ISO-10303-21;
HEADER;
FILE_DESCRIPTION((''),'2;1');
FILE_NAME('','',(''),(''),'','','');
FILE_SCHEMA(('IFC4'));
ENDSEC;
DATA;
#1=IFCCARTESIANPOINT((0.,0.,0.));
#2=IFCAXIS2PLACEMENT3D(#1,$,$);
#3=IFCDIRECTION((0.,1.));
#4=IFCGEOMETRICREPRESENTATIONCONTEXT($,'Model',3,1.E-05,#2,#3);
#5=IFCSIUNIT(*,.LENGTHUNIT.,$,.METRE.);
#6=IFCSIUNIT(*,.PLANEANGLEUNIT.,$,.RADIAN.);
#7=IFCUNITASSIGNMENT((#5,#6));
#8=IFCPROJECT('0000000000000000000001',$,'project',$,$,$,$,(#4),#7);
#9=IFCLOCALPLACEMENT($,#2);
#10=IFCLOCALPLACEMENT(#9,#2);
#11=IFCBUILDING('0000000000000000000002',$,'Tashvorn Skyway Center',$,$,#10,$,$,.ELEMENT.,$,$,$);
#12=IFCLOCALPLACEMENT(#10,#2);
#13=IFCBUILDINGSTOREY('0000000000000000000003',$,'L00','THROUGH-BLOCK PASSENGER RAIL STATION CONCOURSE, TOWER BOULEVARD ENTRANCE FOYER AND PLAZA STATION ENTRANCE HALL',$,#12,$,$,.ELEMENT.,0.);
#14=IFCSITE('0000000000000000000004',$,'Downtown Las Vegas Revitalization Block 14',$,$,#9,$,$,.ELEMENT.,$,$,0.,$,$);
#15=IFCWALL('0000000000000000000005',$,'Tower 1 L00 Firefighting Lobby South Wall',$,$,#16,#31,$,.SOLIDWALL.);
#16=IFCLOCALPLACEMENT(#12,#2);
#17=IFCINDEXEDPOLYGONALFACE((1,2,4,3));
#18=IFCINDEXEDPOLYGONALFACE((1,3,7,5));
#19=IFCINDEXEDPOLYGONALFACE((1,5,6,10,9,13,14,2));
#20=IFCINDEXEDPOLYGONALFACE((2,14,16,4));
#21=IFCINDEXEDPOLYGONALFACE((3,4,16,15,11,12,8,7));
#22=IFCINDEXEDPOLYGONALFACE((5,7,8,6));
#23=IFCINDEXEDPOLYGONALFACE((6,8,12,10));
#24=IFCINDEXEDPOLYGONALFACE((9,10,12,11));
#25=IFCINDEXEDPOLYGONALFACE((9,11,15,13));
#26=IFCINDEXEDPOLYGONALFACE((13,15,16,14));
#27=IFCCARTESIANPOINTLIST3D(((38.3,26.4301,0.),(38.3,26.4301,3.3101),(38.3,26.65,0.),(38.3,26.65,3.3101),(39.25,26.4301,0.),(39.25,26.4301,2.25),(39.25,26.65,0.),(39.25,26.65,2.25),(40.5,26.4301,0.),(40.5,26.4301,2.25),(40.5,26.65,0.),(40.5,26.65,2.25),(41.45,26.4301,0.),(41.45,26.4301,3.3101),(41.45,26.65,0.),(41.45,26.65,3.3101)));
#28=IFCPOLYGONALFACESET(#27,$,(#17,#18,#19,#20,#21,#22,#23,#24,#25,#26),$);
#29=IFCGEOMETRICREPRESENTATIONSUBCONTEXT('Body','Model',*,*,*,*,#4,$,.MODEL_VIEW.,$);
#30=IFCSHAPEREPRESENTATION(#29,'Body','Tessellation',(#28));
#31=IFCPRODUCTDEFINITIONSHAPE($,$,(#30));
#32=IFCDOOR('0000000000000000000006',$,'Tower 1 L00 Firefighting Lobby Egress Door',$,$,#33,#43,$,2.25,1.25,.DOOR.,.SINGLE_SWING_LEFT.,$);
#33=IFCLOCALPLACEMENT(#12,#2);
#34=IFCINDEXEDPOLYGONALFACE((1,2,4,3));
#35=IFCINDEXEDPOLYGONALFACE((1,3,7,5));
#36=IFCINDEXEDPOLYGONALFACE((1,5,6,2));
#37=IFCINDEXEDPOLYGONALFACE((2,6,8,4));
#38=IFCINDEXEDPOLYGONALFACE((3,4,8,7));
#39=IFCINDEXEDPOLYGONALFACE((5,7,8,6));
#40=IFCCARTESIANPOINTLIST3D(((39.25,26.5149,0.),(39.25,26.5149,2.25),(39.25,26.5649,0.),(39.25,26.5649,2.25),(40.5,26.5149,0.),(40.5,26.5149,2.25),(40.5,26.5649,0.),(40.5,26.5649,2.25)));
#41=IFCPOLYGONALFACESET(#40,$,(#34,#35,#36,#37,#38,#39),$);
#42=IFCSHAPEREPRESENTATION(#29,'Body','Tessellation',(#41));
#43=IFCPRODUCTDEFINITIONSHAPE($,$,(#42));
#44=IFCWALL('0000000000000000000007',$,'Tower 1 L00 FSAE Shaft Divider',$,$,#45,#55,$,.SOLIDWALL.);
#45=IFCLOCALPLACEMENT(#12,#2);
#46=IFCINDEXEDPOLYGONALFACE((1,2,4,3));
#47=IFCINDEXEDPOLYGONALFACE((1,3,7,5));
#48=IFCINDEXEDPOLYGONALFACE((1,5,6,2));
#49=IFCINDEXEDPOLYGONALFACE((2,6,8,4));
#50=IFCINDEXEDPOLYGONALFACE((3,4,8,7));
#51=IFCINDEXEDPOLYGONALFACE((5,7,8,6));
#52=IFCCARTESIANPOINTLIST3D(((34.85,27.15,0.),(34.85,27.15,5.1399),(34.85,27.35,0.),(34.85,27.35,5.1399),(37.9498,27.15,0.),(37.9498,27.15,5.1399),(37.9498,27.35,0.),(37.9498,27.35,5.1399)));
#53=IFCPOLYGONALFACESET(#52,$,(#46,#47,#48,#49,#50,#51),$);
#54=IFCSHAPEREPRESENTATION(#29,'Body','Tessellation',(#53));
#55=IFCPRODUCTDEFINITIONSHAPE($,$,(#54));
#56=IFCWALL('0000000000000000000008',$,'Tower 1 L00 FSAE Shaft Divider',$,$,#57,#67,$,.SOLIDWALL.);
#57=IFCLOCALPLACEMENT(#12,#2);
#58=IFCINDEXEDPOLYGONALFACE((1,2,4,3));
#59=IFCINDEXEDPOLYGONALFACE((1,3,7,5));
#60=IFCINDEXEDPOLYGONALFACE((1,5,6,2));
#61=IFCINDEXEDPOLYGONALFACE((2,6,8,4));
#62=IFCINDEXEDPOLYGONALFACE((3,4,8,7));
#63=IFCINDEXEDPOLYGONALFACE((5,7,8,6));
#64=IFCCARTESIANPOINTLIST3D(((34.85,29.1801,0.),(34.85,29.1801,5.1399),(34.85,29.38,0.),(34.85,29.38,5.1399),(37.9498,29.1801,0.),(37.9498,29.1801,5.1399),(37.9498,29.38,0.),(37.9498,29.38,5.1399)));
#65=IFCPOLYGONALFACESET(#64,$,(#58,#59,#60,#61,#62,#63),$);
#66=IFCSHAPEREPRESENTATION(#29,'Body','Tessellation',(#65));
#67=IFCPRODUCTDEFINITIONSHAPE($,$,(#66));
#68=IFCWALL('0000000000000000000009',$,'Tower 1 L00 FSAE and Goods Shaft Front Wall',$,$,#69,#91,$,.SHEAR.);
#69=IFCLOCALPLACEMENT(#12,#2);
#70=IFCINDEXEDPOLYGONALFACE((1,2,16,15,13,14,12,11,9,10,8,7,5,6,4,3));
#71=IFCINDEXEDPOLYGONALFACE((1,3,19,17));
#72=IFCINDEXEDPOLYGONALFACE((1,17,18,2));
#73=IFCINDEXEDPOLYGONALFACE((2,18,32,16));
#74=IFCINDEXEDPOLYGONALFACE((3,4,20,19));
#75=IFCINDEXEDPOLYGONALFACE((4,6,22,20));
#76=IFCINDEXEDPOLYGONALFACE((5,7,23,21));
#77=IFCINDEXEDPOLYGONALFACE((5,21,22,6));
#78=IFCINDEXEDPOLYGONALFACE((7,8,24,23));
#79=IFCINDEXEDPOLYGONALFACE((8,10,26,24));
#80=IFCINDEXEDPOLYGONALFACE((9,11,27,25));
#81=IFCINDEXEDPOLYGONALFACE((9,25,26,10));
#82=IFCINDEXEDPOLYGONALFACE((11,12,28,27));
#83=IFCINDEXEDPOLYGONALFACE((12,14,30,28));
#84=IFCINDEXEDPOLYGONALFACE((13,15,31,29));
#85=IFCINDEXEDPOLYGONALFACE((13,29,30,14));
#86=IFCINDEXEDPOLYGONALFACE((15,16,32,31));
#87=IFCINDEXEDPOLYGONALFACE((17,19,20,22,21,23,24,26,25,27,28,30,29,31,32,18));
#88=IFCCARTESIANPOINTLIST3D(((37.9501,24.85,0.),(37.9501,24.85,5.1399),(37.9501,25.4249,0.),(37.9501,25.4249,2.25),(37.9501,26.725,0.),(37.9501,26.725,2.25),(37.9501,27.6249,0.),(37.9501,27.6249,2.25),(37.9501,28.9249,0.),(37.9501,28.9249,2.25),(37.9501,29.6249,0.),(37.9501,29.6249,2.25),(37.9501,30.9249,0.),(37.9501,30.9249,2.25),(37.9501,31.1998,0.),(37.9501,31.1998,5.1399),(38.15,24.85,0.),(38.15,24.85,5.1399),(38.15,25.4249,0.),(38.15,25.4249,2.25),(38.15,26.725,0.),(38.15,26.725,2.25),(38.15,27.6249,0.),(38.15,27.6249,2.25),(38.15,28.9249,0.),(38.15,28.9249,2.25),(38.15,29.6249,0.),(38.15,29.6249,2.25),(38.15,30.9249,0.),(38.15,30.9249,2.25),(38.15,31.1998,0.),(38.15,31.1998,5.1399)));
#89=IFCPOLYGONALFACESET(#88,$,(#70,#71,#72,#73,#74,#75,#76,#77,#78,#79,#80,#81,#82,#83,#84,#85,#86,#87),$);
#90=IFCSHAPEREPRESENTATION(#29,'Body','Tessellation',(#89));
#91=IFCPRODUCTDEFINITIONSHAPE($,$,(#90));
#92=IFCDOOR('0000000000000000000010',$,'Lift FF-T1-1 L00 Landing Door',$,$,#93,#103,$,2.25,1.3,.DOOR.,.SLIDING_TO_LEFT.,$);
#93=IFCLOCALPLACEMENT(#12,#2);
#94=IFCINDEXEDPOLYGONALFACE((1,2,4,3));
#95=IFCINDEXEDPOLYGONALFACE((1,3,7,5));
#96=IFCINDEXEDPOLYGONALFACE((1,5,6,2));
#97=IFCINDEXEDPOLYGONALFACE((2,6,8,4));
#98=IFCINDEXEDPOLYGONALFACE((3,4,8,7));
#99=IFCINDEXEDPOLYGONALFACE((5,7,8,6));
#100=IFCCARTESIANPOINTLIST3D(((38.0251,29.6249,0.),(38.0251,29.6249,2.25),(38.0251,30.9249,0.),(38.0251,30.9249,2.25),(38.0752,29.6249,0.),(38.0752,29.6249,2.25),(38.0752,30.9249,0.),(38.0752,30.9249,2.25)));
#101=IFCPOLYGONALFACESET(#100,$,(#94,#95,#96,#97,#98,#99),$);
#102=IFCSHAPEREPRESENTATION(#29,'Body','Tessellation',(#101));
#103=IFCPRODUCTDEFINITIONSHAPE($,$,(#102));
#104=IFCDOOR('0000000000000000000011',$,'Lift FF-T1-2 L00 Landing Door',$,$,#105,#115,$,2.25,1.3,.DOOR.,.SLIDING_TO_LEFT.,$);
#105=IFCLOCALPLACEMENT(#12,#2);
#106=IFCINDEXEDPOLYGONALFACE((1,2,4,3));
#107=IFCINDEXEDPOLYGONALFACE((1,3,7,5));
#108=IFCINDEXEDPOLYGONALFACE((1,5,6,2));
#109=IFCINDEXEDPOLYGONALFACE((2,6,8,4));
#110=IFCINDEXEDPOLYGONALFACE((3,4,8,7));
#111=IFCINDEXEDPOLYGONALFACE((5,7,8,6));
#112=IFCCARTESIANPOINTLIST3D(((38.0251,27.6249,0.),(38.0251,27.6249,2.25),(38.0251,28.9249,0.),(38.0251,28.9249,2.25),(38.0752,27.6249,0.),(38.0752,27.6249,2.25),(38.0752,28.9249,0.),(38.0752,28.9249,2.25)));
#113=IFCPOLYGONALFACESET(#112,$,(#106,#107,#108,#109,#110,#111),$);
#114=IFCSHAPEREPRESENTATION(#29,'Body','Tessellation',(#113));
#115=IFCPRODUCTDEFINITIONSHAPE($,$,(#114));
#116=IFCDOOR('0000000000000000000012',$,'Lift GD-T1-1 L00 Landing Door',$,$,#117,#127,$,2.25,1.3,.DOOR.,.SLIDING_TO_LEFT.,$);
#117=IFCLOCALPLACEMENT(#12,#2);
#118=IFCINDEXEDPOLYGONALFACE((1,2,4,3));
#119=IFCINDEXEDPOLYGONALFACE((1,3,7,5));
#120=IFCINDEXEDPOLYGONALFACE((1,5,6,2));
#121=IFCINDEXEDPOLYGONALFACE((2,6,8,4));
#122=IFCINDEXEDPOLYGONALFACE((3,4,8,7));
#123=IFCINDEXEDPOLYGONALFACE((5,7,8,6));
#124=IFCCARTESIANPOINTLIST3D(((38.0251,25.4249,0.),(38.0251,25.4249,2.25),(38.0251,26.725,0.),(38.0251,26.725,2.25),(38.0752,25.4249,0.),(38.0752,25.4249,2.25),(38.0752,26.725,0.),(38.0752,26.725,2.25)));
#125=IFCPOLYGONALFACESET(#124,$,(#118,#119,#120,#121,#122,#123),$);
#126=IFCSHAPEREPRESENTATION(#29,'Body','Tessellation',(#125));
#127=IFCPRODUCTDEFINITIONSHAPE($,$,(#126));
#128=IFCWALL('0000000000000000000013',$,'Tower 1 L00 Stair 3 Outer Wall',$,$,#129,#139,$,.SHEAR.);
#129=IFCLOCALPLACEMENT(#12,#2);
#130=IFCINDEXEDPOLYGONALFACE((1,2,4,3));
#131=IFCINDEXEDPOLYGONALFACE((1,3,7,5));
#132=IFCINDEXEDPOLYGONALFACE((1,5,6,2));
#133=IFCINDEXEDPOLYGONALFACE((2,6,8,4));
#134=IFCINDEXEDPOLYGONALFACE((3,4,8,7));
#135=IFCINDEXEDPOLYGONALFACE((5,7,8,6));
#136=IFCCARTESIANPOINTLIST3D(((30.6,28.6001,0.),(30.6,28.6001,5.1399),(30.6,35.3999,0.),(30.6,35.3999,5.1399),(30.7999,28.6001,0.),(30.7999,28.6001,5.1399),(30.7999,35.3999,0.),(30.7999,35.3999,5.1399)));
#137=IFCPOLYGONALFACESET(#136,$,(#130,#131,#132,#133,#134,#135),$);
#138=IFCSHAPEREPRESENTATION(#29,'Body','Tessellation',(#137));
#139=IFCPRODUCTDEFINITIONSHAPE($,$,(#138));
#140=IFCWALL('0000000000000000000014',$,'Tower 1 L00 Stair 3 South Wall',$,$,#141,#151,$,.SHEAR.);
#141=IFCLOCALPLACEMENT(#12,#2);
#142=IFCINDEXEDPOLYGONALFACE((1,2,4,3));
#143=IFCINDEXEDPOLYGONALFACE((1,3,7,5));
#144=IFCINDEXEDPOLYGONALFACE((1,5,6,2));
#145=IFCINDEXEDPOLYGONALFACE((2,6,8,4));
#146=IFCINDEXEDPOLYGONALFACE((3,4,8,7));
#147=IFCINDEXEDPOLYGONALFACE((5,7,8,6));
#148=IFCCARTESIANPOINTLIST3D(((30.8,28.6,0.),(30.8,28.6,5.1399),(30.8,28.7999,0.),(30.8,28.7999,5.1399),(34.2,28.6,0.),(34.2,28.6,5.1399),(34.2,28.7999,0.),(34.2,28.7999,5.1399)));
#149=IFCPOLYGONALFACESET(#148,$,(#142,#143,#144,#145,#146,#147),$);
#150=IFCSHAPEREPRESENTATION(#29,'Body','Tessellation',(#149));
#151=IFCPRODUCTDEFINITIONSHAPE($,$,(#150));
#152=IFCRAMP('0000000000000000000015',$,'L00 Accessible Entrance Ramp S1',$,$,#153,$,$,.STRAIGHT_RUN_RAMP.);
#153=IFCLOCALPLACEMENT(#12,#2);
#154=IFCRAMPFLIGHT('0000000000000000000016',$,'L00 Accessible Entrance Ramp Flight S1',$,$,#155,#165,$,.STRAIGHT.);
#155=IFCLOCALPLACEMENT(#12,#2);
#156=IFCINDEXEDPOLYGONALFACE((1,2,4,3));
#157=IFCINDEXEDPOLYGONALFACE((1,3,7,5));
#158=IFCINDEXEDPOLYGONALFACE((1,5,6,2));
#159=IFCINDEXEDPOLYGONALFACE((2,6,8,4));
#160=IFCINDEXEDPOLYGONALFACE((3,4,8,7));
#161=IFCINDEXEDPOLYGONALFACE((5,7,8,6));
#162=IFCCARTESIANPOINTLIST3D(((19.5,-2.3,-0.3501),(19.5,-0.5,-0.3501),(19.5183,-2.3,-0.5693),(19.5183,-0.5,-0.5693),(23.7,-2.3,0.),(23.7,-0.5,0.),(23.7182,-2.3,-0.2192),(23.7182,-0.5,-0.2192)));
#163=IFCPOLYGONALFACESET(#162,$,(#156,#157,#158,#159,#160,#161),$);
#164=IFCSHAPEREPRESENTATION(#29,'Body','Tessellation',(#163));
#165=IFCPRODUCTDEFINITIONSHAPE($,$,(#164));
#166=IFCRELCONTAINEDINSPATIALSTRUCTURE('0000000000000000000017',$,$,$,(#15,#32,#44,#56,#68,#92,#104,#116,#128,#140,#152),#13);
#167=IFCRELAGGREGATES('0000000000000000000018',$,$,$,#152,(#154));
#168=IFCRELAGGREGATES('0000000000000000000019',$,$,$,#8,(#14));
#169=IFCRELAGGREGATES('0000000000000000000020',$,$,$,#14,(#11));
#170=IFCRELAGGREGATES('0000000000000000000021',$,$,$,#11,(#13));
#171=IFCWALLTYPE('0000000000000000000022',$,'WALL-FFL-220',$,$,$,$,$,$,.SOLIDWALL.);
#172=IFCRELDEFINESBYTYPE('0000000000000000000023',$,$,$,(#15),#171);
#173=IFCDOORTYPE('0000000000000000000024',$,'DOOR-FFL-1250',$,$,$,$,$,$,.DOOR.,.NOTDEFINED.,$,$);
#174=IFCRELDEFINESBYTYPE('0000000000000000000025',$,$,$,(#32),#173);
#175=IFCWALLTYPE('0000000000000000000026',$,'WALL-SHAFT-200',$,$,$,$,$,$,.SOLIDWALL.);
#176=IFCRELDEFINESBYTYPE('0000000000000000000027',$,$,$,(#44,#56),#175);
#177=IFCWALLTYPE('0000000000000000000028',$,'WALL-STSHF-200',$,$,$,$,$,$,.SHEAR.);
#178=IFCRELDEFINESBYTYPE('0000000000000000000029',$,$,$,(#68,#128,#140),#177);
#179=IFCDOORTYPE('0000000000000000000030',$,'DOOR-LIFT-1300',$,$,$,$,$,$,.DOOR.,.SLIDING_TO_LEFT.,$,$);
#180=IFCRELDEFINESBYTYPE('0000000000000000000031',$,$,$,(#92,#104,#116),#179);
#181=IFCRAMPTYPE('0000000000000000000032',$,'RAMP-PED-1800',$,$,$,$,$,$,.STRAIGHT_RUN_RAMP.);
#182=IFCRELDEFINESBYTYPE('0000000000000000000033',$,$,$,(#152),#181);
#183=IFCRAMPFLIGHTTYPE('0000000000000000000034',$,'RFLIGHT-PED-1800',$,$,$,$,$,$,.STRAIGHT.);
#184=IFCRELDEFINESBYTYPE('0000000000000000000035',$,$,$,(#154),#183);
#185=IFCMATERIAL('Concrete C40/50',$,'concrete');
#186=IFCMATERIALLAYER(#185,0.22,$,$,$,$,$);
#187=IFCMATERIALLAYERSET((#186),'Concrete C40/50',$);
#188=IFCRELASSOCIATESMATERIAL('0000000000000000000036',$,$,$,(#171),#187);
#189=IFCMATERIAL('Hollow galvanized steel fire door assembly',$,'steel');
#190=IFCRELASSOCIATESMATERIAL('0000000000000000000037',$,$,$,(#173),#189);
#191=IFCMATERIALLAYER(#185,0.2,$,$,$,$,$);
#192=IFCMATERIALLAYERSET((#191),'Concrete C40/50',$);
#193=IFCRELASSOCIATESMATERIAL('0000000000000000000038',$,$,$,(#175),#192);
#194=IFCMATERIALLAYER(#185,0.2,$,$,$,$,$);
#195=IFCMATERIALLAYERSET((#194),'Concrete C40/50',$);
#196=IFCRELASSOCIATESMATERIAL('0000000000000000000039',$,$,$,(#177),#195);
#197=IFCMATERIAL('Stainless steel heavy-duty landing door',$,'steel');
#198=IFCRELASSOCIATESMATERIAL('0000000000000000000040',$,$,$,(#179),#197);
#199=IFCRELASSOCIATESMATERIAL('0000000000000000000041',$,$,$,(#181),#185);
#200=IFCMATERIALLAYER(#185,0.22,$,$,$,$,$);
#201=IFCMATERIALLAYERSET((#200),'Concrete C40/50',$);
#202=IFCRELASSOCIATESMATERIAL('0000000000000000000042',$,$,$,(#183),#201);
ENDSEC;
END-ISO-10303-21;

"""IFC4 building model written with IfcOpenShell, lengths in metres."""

from ifc_helpers import new_model, si_unit, direction, frame, frame_2d, origin, place, context, subcontext, project, spatial, polyline, rectangle, outline, extrude, material, layer, layer_set, type_object, element, fill, aggregate, save


model = new_model("IFC4")

# Units and contexts
model_context = context("Model", 3, precision=1e-05, world=origin(), true_north=direction((0.0, 1.0)))
body_context = subcontext(model_context, "Body", "Model", "MODEL_VIEW")
ifc_project = project(units=[si_unit("LENGTHUNIT", "METRE"), si_unit("PLANEANGLEUNIT", "RADIAN")], contexts=[model_context])

# Site, building, storey
site_placement = place(None, origin())
site = spatial("IfcSite", under=ifc_project, at=site_placement, Name="Downtown Las Vegas Revitalization Block 14", CompositionType="ELEMENT", RefElevation=0.0)
building_placement = place(site_placement, origin())
building = spatial("IfcBuilding", under=site, at=building_placement, Name="Tashvorn Skyway Center", CompositionType="ELEMENT")
storey_placement = place(building_placement, origin())
storey = spatial("IfcBuildingStorey", under=building, at=storey_placement, Name="L00", Description="THROUGH-BLOCK PASSENGER RAIL STATION CONCOURSE, TOWER BOULEVARD ENTRANCE FOYER AND PLAZA STATION ENTRANCE HALL", CompositionType="ELEMENT", Elevation=0.0)

# Wall, opening, door
ifc_material_1 = material(Name="Concrete C40/50", Category="concrete")
ifc_layer_1 = layer(ifc_material_1, 0.22)
ifc_layer_set_1 = layer_set([ifc_layer_1], Name="Concrete C40/50")
wall_type_1 = type_object("IfcWallType", Name="WALL-FFL-220", PredefinedType="SOLIDWALL", material=ifc_layer_set_1)
wall_1_placement = place(storey_placement, frame((38.3, 26.54, 0.0), z_axis=(0.0, 0.0, 1.0), x_axis=(1.0, 0.0, 0.0)))
wall_1 = element("IfcWall", 1, at=wall_1_placement, inside=storey, type_object=wall_type_1, Name="Tower 1 L00 Firefighting Lobby South Wall", PredefinedType="SOLIDWALL", context=body_context, shape_type="SweptSolid", body=[
    extrude(rectangle(XDim=3.1499, YDim=0.22, at=frame_2d((1.575, 0.0))), origin(), (0.0, 0.0, 1.0), 3.3101),
])
opening_1_placement = place(wall_1_placement, frame((0.95, 0.0, 0.0)))
opening_1 = element("IfcOpeningElement", 2, at=opening_1_placement, cuts=wall_1, PredefinedType="OPENING", context=body_context, shape_type="SweptSolid", body=[
    extrude(rectangle(XDim=1.25, YDim=2.25, at=frame_2d((0.625, 1.125))), frame((0.0, 0.1199, 0.0), z_axis=(0.0, -1.0, 0.0), x_axis=(1.0, 0.0, 0.0)), (0.0, 0.0, 1.0), 0.24),
])
ifc_material_2 = material(Name="Hollow galvanized steel fire door assembly", Category="steel")
door_type_1 = type_object("IfcDoorType", Name="DOOR-FFL-1250", OperationType="NOTDEFINED", PredefinedType="DOOR", material=ifc_material_2)
door_1_placement = place(opening_1_placement, origin())
door_1 = element("IfcDoor", 3, at=door_1_placement, inside=storey, type_object=door_type_1, Name="Tower 1 L00 Firefighting Lobby Egress Door", OperationType="SINGLE_SWING_LEFT", OverallHeight=2.25, OverallWidth=1.25, PredefinedType="DOOR", context=body_context, shape_type="SweptSolid", body=[
    extrude(rectangle(XDim=1.25, YDim=2.25, at=frame_2d((0.625, 1.125))), frame((0.0, 0.0249, 0.0), z_axis=(0.0, -1.0, 0.0), x_axis=(1.0, 0.0, 0.0)), (0.0, 0.0, 1.0), 0.05),
])
fill(opening_1, door_1)

# Walls
ifc_layer_2 = layer(ifc_material_1, 0.2)
ifc_layer_set_2 = layer_set([ifc_layer_2], Name="Concrete C40/50")
wall_type_2 = type_object("IfcWallType", Name="WALL-SHAFT-200", PredefinedType="SOLIDWALL", material=ifc_layer_set_2)
for number, where, z_axis, x_axis, name in (
    (4, (34.8501, 27.25, 0.0), (0.0, 0.0, 1.0), (1.0, 0.0, 0.0), "Tower 1 L00 FSAE Shaft Divider"),
    (5, (34.8501, 29.28, 0.0), (0.0, 0.0, 1.0), (1.0, 0.0, 0.0), "Tower 1 L00 FSAE Shaft Divider"),
):
    element("IfcWall", number, at=place(storey_placement, frame(where, z_axis=z_axis, x_axis=x_axis)), inside=storey, type_object=wall_type_2, Name=name, PredefinedType="SOLIDWALL", context=body_context, shape_type="SweptSolid", body=[
        extrude(rectangle(XDim=3.0999, YDim=0.2, at=frame_2d((1.5498, 0.0))), origin(), (0.0, 0.0, 1.0), 5.1399),
    ])

# Wall, openings, doors
ifc_layer_3 = layer(ifc_material_1, 0.2)
ifc_layer_set_3 = layer_set([ifc_layer_3], Name="Concrete C40/50")
wall_type_3 = type_object("IfcWallType", Name="WALL-STSHF-200", PredefinedType="SHEAR", material=ifc_layer_set_3)
wall_2_placement = place(storey_placement, frame((38.05, 24.8501, 0.0), z_axis=(0.0, 0.0, 1.0), x_axis=(0.0, 1.0, 0.0)))
wall_2 = element("IfcWall", 6, at=wall_2_placement, inside=storey, type_object=wall_type_3, Name="Tower 1 L00 FSAE and Goods Shaft Front Wall", PredefinedType="SHEAR", context=body_context, shape_type="SweptSolid", body=[
    extrude(rectangle(XDim=6.3499, YDim=0.2, at=frame_2d((3.1748, 0.0))), origin(), (0.0, 0.0, 1.0), 5.1399),
])
opening_2_placement = place(wall_2_placement, frame((4.7749, 0.0, 0.0)))
opening_2 = element("IfcOpeningElement", 7, at=opening_2_placement, cuts=wall_2, PredefinedType="OPENING", context=body_context, shape_type="SweptSolid", body=[
    extrude(rectangle(XDim=1.3, YDim=2.25, at=frame_2d((0.6499, 1.125))), frame((0.0, 0.1099, 0.0), z_axis=(0.0, -1.0, 0.0), x_axis=(1.0, 0.0, 0.0)), (0.0, 0.0, 1.0), 0.22),
])
opening_3_placement = place(wall_2_placement, frame((2.7749, 0.0, 0.0)))
opening_3 = element("IfcOpeningElement", 8, at=opening_3_placement, cuts=wall_2, PredefinedType="OPENING", context=body_context, shape_type="SweptSolid", body=[
    extrude(rectangle(XDim=1.3, YDim=2.25, at=frame_2d((0.6499, 1.125))), frame((0.0, 0.1099, 0.0), z_axis=(0.0, -1.0, 0.0), x_axis=(1.0, 0.0, 0.0)), (0.0, 0.0, 1.0), 0.22),
])
opening_4_placement = place(wall_2_placement, frame((0.575, 0.0, 0.0)))
opening_4 = element("IfcOpeningElement", 9, at=opening_4_placement, cuts=wall_2, PredefinedType="OPENING", context=body_context, shape_type="SweptSolid", body=[
    extrude(rectangle(XDim=1.3, YDim=2.25, at=frame_2d((0.6499, 1.125))), frame((0.0, 0.1099, 0.0), z_axis=(0.0, -1.0, 0.0), x_axis=(1.0, 0.0, 0.0)), (0.0, 0.0, 1.0), 0.22),
])
ifc_material_3 = material(Name="Stainless steel heavy-duty landing door", Category="steel")
door_type_2 = type_object("IfcDoorType", Name="DOOR-LIFT-1300", OperationType="SLIDING_TO_LEFT", PredefinedType="DOOR", material=ifc_material_3)
door_2_placement = place(opening_2_placement, origin())
door_2 = element("IfcDoor", 10, at=door_2_placement, inside=storey, type_object=door_type_2, Name="Lift FF-T1-1 L00 Landing Door", OperationType="SLIDING_TO_LEFT", OverallHeight=2.25, OverallWidth=1.3, PredefinedType="DOOR", context=body_context, shape_type="SweptSolid", body=[
    extrude(rectangle(XDim=1.3, YDim=2.25, at=frame_2d((0.6499, 1.125))), frame((0.0, 0.0249, 0.0), z_axis=(0.0, -1.0, 0.0), x_axis=(1.0, 0.0, 0.0)), (0.0, 0.0, 1.0), 0.05),
])
fill(opening_2, door_2)
door_3_placement = place(opening_3_placement, origin())
door_3 = element("IfcDoor", 11, at=door_3_placement, inside=storey, type_object=door_type_2, Name="Lift FF-T1-2 L00 Landing Door", OperationType="SLIDING_TO_LEFT", OverallHeight=2.25, OverallWidth=1.3, PredefinedType="DOOR", context=body_context, shape_type="SweptSolid", body=[
    extrude(rectangle(XDim=1.3, YDim=2.25, at=frame_2d((0.6499, 1.125))), frame((0.0, 0.0249, 0.0), z_axis=(0.0, -1.0, 0.0), x_axis=(1.0, 0.0, 0.0)), (0.0, 0.0, 1.0), 0.05),
])
fill(opening_3, door_3)
door_4_placement = place(opening_4_placement, origin())
door_4 = element("IfcDoor", 12, at=door_4_placement, inside=storey, type_object=door_type_2, Name="Lift GD-T1-1 L00 Landing Door", OperationType="SLIDING_TO_LEFT", OverallHeight=2.25, OverallWidth=1.3, PredefinedType="DOOR", context=body_context, shape_type="SweptSolid", body=[
    extrude(rectangle(XDim=1.3, YDim=2.25, at=frame_2d((0.6499, 1.125))), frame((0.0, 0.0249, 0.0), z_axis=(0.0, -1.0, 0.0), x_axis=(1.0, 0.0, 0.0)), (0.0, 0.0, 1.0), 0.05),
])
fill(opening_4, door_4)

# Walls
wall_3_placement = place(storey_placement, frame((30.7, 28.6001, 0.0), z_axis=(0.0, 0.0, 1.0), x_axis=(0.0, 1.0, 0.0)))
element("IfcWall", 13, at=wall_3_placement, inside=storey, type_object=wall_type_3, Name="Tower 1 L00 Stair 3 Outer Wall", PredefinedType="SHEAR", context=body_context, shape_type="SweptSolid", body=[
    extrude(rectangle(XDim=6.7998, YDim=0.2, at=frame_2d((3.3999, 0.0))), origin(), (0.0, 0.0, 1.0), 5.1399),
])
wall_4_placement = place(storey_placement, frame((30.8, 28.7, 0.0), z_axis=(0.0, 0.0, 1.0), x_axis=(1.0, 0.0, 0.0)))
element("IfcWall", 14, at=wall_4_placement, inside=storey, type_object=wall_type_3, Name="Tower 1 L00 Stair 3 South Wall", PredefinedType="SHEAR", context=body_context, shape_type="SweptSolid", body=[
    extrude(rectangle(XDim=3.3999, YDim=0.2, at=frame_2d((1.7, 0.0))), origin(), (0.0, 0.0, 1.0), 5.1399),
])

# Ramp, ramp flight
ramp_type = type_object("IfcRampType", Name="RAMP-PED-1800", PredefinedType="STRAIGHT_RUN_RAMP", material=ifc_material_1)
ramp_placement = place(storey_placement, origin())
ramp = element("IfcRamp", 15, at=ramp_placement, inside=storey, type_object=ramp_type, Name="L00 Accessible Entrance Ramp S1", PredefinedType="STRAIGHT_RUN_RAMP")
ifc_layer_4 = layer(ifc_material_1, 0.22)
ifc_layer_set_4 = layer_set([ifc_layer_4], Name="Concrete C40/50")
ramp_flight_type = type_object("IfcRampFlightType", Name="RFLIGHT-PED-1800", PredefinedType="STRAIGHT", material=ifc_layer_set_4)
ramp_flight_placement = place(storey_placement, frame((19.5, -2.3, -0.3501), z_axis=(-0.083069, 0.0, 0.996544), x_axis=(0.996544, 0.0, 0.083069)))
ramp_flight = element("IfcRampFlight", 16, at=ramp_flight_placement, type_object=ramp_flight_type, Name="L00 Accessible Entrance Ramp Flight S1", PredefinedType="STRAIGHT", context=body_context, shape_type="SweptSolid", body=[
    extrude(outline(polyline([(0.0, 0.0), (4.2145, 0.0), (4.2145, 1.8), (0.0, 1.8), (0.0, 0.0)])), origin(), (0.0, 0.0, -1.0), 0.22),
])
aggregate(ramp, [ramp_flight])

save(model, "model.ifc")
